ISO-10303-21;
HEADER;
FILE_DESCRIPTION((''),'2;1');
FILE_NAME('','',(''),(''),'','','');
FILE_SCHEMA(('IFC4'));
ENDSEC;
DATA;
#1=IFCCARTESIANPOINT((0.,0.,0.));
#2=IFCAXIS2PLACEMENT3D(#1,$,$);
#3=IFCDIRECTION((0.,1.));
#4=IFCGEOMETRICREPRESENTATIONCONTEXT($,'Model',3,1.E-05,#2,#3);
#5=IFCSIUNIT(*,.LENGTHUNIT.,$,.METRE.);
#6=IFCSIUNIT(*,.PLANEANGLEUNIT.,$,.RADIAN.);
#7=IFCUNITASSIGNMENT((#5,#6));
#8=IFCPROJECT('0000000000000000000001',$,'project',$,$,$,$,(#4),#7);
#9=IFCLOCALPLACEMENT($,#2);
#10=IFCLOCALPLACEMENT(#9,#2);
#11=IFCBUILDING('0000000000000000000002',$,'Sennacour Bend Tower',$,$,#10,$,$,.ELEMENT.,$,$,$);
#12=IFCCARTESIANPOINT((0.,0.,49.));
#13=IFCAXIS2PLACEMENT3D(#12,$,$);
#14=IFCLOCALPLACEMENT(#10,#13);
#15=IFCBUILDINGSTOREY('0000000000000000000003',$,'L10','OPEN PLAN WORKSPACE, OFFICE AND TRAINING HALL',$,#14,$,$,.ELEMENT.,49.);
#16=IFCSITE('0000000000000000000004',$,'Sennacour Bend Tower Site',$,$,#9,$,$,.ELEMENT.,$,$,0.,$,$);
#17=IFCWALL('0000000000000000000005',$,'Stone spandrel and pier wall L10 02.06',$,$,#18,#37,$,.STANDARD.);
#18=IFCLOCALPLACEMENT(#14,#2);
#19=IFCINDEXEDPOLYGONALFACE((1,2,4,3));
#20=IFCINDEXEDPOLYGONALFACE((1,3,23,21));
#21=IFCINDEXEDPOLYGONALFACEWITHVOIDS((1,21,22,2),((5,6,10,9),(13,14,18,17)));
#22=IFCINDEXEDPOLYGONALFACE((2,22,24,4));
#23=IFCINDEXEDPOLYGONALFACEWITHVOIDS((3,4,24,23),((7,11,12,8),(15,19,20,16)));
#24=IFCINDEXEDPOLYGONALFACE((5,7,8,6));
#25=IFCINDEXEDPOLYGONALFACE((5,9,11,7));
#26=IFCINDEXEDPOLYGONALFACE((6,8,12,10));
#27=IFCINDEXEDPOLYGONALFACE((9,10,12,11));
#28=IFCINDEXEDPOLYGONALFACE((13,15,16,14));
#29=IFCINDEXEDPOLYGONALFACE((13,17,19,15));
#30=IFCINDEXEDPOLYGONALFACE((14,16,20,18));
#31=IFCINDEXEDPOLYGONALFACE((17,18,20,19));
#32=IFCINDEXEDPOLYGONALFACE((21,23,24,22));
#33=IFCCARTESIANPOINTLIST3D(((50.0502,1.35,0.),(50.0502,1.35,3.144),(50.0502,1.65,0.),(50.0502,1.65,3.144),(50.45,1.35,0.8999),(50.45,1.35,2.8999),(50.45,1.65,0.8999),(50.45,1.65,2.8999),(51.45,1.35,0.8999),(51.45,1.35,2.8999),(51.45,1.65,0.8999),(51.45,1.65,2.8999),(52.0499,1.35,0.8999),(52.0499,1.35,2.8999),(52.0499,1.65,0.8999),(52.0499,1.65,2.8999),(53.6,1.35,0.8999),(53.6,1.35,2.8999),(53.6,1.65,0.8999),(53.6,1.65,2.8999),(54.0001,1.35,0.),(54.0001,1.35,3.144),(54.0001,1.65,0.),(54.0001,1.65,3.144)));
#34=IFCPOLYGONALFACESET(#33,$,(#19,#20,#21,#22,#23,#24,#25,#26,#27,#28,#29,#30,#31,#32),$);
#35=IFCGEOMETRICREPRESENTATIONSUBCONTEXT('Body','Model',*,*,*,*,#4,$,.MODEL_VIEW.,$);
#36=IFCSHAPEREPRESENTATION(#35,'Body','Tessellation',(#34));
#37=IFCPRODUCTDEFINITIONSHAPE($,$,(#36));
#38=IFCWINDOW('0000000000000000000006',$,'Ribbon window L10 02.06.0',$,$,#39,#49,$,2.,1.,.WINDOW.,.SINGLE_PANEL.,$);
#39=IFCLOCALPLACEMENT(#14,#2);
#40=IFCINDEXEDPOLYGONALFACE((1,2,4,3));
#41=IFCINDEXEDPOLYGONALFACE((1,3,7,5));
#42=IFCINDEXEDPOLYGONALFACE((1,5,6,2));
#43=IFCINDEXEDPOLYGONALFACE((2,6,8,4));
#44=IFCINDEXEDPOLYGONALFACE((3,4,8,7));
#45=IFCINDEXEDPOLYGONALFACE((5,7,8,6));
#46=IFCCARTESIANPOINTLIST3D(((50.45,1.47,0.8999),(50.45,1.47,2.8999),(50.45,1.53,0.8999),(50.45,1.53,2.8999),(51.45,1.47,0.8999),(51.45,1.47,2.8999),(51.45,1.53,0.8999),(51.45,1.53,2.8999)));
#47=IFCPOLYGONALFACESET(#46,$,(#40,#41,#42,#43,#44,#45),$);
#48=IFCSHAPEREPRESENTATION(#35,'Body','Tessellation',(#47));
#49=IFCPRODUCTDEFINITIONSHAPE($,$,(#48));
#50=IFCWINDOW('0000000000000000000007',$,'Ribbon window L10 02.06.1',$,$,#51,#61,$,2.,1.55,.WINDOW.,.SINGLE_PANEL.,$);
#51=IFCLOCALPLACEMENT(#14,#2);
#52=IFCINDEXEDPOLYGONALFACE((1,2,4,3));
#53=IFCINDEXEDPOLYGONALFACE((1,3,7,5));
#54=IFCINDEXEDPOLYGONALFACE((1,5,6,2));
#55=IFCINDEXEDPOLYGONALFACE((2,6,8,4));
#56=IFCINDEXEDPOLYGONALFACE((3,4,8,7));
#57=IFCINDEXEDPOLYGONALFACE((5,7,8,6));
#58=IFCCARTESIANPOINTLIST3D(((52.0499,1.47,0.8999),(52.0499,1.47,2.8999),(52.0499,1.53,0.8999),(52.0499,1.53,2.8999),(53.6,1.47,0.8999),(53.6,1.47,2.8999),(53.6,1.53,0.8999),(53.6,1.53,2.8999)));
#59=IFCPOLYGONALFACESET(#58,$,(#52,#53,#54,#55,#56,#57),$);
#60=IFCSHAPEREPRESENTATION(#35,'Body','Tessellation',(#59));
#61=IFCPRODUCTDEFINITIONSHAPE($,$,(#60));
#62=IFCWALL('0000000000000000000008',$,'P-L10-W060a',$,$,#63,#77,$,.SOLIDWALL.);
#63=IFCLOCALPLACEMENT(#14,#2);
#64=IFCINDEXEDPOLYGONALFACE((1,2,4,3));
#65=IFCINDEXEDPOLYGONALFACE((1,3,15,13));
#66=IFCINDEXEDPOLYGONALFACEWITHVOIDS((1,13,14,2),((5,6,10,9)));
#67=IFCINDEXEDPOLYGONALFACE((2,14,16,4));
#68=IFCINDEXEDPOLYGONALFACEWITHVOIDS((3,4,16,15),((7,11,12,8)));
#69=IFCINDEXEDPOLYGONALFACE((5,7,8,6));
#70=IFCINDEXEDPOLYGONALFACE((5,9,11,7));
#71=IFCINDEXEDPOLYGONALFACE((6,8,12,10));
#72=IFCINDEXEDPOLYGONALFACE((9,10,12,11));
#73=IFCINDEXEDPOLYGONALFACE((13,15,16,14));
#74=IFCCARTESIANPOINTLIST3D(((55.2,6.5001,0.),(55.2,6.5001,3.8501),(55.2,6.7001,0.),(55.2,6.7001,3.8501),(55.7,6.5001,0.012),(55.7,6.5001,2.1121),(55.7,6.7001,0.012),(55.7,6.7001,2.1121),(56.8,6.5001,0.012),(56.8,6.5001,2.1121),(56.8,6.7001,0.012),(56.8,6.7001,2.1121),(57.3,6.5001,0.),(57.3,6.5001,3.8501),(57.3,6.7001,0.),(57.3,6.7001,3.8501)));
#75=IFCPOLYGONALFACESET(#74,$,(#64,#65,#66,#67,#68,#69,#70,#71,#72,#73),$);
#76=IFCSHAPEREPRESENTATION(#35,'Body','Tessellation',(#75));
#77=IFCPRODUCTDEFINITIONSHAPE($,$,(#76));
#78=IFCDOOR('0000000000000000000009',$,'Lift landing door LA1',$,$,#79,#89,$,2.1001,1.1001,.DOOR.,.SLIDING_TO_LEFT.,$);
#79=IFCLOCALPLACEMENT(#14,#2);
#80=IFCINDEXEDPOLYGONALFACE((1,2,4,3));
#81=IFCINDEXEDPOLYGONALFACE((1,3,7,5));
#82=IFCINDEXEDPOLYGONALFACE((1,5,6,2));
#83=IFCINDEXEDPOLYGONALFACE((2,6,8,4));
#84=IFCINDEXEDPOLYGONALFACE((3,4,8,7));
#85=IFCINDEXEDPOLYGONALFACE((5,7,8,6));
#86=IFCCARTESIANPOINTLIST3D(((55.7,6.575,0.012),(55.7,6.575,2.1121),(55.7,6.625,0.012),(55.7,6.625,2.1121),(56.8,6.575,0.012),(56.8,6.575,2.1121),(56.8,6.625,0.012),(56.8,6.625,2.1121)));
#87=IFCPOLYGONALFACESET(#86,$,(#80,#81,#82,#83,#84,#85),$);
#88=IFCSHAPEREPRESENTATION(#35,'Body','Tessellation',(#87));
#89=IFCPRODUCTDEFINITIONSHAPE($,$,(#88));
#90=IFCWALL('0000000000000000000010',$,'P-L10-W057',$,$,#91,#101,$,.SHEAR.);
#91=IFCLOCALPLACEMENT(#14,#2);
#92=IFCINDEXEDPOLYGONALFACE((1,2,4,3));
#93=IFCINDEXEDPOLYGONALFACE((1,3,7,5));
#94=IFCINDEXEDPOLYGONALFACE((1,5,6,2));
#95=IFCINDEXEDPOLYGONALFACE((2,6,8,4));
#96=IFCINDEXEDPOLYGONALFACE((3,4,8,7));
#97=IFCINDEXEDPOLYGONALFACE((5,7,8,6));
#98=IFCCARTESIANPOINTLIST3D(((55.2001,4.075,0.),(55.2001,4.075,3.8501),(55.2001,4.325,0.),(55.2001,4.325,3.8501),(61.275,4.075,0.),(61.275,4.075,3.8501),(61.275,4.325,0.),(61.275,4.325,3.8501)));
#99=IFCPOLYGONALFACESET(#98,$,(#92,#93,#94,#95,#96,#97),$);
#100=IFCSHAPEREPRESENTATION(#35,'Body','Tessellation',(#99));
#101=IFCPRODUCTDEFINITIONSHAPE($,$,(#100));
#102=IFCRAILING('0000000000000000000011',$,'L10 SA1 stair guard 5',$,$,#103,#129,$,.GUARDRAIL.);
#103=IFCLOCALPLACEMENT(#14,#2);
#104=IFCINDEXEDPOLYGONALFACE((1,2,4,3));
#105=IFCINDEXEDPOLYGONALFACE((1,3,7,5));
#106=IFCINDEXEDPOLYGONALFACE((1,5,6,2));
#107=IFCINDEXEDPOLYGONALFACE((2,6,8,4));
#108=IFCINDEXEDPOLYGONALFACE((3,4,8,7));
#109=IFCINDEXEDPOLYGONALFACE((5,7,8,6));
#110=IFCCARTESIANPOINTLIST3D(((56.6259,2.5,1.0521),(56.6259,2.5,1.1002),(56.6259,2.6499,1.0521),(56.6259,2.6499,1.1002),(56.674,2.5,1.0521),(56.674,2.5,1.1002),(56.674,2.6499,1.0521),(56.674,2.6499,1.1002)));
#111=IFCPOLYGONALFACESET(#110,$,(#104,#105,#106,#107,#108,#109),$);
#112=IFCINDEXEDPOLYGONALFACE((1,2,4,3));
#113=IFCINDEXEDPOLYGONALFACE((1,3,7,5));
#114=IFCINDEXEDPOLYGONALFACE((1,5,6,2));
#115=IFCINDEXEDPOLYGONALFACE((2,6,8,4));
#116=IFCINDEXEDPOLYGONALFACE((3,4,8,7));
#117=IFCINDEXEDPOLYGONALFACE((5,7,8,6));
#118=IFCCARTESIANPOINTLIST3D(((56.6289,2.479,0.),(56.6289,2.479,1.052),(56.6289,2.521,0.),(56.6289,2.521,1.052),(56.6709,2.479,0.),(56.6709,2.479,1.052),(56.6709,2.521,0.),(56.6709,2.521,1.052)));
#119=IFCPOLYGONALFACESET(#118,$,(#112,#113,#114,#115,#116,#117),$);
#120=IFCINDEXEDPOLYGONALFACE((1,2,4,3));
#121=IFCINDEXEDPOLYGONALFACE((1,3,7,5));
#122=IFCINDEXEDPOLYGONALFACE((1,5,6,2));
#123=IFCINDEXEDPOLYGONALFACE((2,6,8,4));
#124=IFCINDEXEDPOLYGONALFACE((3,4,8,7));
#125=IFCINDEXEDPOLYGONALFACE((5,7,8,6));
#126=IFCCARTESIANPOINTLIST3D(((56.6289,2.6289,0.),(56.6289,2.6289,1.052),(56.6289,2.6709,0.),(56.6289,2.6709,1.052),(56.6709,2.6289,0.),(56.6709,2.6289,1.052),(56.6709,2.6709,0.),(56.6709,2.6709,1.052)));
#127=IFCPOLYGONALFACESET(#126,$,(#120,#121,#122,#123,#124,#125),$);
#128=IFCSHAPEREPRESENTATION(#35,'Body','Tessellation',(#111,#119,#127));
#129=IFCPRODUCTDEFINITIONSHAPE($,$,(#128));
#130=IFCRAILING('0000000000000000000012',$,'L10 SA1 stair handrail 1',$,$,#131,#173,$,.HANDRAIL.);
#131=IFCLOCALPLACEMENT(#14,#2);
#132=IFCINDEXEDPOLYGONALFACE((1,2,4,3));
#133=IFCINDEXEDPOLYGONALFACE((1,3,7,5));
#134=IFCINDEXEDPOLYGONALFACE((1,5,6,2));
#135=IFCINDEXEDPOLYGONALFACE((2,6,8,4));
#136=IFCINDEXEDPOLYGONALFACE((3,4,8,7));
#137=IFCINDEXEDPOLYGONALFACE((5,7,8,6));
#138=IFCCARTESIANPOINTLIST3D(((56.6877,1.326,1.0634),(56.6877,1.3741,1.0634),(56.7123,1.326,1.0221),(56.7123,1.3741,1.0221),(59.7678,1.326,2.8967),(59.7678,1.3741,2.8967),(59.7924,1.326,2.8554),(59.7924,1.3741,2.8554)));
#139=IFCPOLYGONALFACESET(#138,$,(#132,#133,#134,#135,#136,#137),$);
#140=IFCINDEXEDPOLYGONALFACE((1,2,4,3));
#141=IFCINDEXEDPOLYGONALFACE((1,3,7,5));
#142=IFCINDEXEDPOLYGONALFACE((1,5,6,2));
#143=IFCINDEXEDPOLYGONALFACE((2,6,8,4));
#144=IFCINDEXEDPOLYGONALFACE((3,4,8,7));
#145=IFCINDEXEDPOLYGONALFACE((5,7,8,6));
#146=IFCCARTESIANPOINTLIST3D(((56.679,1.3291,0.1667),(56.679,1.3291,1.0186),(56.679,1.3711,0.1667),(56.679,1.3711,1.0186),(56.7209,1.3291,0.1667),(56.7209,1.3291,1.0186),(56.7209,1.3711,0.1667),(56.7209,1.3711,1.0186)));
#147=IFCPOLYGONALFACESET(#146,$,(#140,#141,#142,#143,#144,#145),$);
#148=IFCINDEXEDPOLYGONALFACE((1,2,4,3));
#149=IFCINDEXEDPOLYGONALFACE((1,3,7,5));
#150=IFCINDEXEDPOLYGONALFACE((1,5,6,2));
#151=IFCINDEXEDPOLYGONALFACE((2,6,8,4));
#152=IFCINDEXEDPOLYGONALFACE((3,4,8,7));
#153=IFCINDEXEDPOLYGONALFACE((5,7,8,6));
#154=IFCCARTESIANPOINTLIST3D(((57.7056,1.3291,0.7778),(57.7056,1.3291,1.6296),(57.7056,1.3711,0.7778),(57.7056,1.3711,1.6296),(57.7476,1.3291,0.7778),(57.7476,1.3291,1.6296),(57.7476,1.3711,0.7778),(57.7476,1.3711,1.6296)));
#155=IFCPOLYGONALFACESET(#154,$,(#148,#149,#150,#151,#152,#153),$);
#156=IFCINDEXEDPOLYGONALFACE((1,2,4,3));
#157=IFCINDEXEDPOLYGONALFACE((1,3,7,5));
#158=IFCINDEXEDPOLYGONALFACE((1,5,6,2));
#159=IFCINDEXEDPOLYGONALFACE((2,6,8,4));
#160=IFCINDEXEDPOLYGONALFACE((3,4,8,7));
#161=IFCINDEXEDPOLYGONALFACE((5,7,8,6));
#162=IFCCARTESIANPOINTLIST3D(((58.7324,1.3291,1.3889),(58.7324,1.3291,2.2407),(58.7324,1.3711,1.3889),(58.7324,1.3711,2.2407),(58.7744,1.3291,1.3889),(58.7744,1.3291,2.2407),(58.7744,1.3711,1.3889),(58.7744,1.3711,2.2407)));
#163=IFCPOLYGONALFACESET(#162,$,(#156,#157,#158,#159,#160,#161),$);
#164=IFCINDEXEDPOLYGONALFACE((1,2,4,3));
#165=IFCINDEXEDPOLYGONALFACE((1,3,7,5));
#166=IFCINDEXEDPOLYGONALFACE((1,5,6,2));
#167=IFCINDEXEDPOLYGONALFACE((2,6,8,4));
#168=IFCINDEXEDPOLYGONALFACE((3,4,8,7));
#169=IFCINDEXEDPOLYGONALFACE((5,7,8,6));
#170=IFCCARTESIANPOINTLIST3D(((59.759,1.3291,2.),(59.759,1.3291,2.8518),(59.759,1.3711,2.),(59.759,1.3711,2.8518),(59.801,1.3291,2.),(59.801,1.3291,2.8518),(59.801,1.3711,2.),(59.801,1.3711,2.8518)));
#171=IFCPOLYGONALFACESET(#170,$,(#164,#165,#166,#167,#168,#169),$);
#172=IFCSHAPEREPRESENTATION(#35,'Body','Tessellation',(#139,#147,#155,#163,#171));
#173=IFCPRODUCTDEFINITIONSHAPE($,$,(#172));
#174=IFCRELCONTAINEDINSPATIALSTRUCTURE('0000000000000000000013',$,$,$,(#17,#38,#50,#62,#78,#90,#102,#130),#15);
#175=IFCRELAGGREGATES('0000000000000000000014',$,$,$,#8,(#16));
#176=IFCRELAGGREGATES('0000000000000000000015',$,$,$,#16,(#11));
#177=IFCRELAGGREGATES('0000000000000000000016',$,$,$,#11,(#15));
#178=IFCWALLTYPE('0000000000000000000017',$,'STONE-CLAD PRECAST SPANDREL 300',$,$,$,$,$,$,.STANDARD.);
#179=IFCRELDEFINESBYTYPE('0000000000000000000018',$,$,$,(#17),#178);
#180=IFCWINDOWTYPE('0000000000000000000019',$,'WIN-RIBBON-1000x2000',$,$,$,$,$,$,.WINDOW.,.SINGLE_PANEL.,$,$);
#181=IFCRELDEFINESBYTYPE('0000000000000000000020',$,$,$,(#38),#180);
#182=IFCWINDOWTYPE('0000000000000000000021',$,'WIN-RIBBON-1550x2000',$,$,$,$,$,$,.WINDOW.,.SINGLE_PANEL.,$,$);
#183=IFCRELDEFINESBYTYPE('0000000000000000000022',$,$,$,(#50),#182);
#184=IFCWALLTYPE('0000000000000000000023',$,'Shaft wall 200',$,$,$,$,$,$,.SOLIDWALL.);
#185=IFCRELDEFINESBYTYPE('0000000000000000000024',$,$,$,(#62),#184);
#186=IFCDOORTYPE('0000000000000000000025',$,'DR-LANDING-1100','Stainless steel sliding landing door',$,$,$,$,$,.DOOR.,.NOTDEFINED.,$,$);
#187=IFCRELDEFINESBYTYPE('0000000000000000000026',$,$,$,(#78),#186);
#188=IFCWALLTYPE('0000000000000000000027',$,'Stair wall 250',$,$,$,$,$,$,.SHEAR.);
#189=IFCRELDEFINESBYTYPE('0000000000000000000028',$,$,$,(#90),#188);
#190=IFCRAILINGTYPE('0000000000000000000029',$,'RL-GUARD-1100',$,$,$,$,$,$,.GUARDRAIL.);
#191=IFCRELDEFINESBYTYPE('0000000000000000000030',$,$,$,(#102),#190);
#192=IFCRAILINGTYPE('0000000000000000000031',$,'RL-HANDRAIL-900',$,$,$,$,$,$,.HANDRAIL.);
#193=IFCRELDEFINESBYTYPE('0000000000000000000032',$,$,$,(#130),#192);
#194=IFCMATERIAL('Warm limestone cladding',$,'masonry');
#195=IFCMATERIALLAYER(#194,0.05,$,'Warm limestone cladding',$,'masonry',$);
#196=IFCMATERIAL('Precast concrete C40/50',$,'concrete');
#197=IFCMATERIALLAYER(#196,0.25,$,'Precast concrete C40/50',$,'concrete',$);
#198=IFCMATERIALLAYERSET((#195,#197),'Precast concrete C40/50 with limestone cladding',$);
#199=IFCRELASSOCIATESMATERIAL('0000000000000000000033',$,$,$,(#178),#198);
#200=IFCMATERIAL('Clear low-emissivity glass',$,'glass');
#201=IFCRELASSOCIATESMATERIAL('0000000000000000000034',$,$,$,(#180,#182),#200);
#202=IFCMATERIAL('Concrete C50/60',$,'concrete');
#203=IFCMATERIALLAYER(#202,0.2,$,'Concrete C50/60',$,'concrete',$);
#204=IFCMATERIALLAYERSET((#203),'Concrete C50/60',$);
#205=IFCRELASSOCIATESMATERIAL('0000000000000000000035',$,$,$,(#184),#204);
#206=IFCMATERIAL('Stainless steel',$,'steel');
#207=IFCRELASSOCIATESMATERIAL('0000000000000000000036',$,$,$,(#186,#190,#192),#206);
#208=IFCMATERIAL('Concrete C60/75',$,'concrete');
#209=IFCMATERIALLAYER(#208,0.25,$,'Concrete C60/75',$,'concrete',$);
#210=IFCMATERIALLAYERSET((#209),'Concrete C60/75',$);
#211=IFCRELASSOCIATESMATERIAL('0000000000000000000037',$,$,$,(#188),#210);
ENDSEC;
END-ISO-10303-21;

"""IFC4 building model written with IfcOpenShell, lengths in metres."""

from ifc_helpers import new_model, si_unit, direction, frame, frame_2d, origin, origin_2d, place, context, subcontext, project, spatial, rectangle, extrude, material, layer, layer_set, type_object, element, fill, save


model = new_model("IFC4")

# Units and contexts
model_context = context("Model", 3, precision=1e-05, world=origin(), true_north=direction((0.0, 1.0)))
body_context = subcontext(model_context, "Body", "Model", "MODEL_VIEW")
ifc_project = project(units=[si_unit("LENGTHUNIT", "METRE"), si_unit("PLANEANGLEUNIT", "RADIAN")], contexts=[model_context])

# Site, building, storey
site_placement = place(None, origin())
site = spatial("IfcSite", under=ifc_project, at=site_placement, Name="Sennacour Bend Tower Site", CompositionType="ELEMENT", RefElevation=0.0)
building_placement = place(site_placement, origin())
building = spatial("IfcBuilding", under=site, at=building_placement, Name="Sennacour Bend Tower", CompositionType="ELEMENT")
storey_placement = place(building_placement, frame((0.0, 0.0, 49.0)))
storey = spatial("IfcBuildingStorey", under=building, at=storey_placement, Name="L10", Description="OPEN PLAN WORKSPACE, OFFICE AND TRAINING HALL", CompositionType="ELEMENT", Elevation=49.0)

# Wall, openings, windows
ifc_material_1 = material(Name="Warm limestone cladding", Category="masonry")
ifc_layer_1 = layer(ifc_material_1, 0.05, Name="Warm limestone cladding", Category="masonry")
ifc_material_2 = material(Name="Precast concrete C40/50", Category="concrete")
ifc_layer_2 = layer(ifc_material_2, 0.25, Name="Precast concrete C40/50", Category="concrete")
ifc_layer_set_1 = layer_set([ifc_layer_1, ifc_layer_2], Name="Precast concrete C40/50 with limestone cladding")
wall_type_1 = type_object("IfcWallType", Name="STONE-CLAD PRECAST SPANDREL 300", PredefinedType="STANDARD", material=ifc_layer_set_1)
wall_1_placement = place(storey_placement, frame((50.05, 1.5, 0.0), z_axis=(0.0, 0.0, 1.0), x_axis=(1.0, 0.0, 0.0)))
wall_1 = element("IfcWall", 1, at=wall_1_placement, inside=storey, type_object=wall_type_1, Name="Stone spandrel and pier wall L10 02.06", PredefinedType="STANDARD", context=body_context, shape_type="SweptSolid", body=[
    extrude(rectangle(XDim=3.95, YDim=0.3, at=frame_2d((1.9751, 0.0))), origin(), (0.0, 0.0, 1.0), 3.144),
])
opening_1_placement = place(wall_1_placement, frame((0.3999, 0.0, 0.8999)))
opening_1 = element("IfcOpeningElement", 2, at=opening_1_placement, cuts=wall_1, PredefinedType="OPENING", context=body_context, shape_type="SweptSolid", body=[
    extrude(rectangle(XDim=1.0, YDim=2.0, at=frame_2d((0.5, 1.0))), frame((0.0, 0.1602, 0.0), z_axis=(0.0, -1.0, 0.0), x_axis=(1.0, 0.0, 0.0)), (0.0, 0.0, 1.0), 0.3201),
])
opening_2_placement = place(wall_1_placement, frame((2.0, 0.0, 0.8999)))
opening_2 = element("IfcOpeningElement", 3, at=opening_2_placement, cuts=wall_1, PredefinedType="OPENING", context=body_context, shape_type="SweptSolid", body=[
    extrude(rectangle(XDim=1.55, YDim=2.0, at=frame_2d((0.7749, 1.0))), frame((0.0, 0.1602, 0.0), z_axis=(0.0, -1.0, 0.0), x_axis=(1.0, 0.0, 0.0)), (0.0, 0.0, 1.0), 0.3201),
])
ifc_material_3 = material(Name="Clear low-emissivity glass", Category="glass")
window_type_1 = type_object("IfcWindowType", Name="WIN-RIBBON-1000x2000", PartitioningType="SINGLE_PANEL", PredefinedType="WINDOW", material=ifc_material_3)
window_1_placement = place(opening_1_placement, origin())
window_1 = element("IfcWindow", 4, at=window_1_placement, inside=storey, type_object=window_type_1, Name="Ribbon window L10 02.06.0", OverallHeight=2.0, OverallWidth=1.0, PartitioningType="SINGLE_PANEL", PredefinedType="WINDOW", context=body_context, shape_type="SweptSolid", body=[
    extrude(rectangle(XDim=1.0, YDim=2.0, at=frame_2d((0.5, 1.0))), frame((0.0, 0.03, 0.0), z_axis=(0.0, -1.0, 0.0), x_axis=(1.0, 0.0, 0.0)), (0.0, 0.0, 1.0), 0.0601),
])
fill(opening_1, window_1)
window_type_2 = type_object("IfcWindowType", Name="WIN-RIBBON-1550x2000", PartitioningType="SINGLE_PANEL", PredefinedType="WINDOW", material=ifc_material_3)
window_2_placement = place(opening_2_placement, origin())
window_2 = element("IfcWindow", 5, at=window_2_placement, inside=storey, type_object=window_type_2, Name="Ribbon window L10 02.06.1", OverallHeight=2.0, OverallWidth=1.55, PartitioningType="SINGLE_PANEL", PredefinedType="WINDOW", context=body_context, shape_type="SweptSolid", body=[
    extrude(rectangle(XDim=1.55, YDim=2.0, at=frame_2d((0.7749, 1.0))), frame((0.0, 0.03, 0.0), z_axis=(0.0, -1.0, 0.0), x_axis=(1.0, 0.0, 0.0)), (0.0, 0.0, 1.0), 0.0601),
])
fill(opening_2, window_2)

# Wall, opening, door
ifc_material_4 = material(Name="Concrete C50/60", Category="concrete")
ifc_layer_3 = layer(ifc_material_4, 0.2, Name="Concrete C50/60", Category="concrete")
ifc_layer_set_2 = layer_set([ifc_layer_3], Name="Concrete C50/60")
wall_type_2 = type_object("IfcWallType", Name="Shaft wall 200", PredefinedType="SOLIDWALL", material=ifc_layer_set_2)
wall_2_placement = place(storey_placement, frame((55.2, 6.6001, 0.0), z_axis=(0.0, 0.0, 1.0), x_axis=(1.0, 0.0, 0.0)))
wall_2 = element("IfcWall", 6, at=wall_2_placement, inside=storey, type_object=wall_type_2, Name="P-L10-W060a", PredefinedType="SOLIDWALL", context=body_context, shape_type="SweptSolid", body=[
    extrude(rectangle(XDim=2.1001, YDim=0.2, at=frame_2d((1.05, 0.0))), origin(), (0.0, 0.0, 1.0), 3.8501),
])
opening_3_placement = place(wall_2_placement, frame((0.5, 0.0, 0.012)))
opening_3 = element("IfcOpeningElement", 7, at=opening_3_placement, cuts=wall_2, PredefinedType="OPENING", context=body_context, shape_type="SweptSolid", body=[
    extrude(rectangle(XDim=1.1001, YDim=2.1001, at=frame_2d((0.55, 1.05))), frame((0.0, 0.1099, 0.0), z_axis=(0.0, -1.0, 0.0), x_axis=(1.0, 0.0, 0.0)), (0.0, 0.0, 1.0), 0.22),
])
ifc_material_5 = material(Name="Stainless steel", Category="steel")
door_type_1 = type_object("IfcDoorType", Name="DR-LANDING-1100", Description="Stainless steel sliding landing door", OperationType="NOTDEFINED", PredefinedType="DOOR", material=ifc_material_5)
door_1_placement = place(opening_3_placement, origin())
door_1 = element("IfcDoor", 8, at=door_1_placement, inside=storey, type_object=door_type_1, Name="Lift landing door LA1", OperationType="SLIDING_TO_LEFT", OverallHeight=2.1001, OverallWidth=1.1001, PredefinedType="DOOR", context=body_context, shape_type="SweptSolid", body=[
    extrude(rectangle(XDim=1.1001, YDim=2.1001, at=frame_2d((0.55, 1.05))), frame((0.0, 0.0249, 0.0), z_axis=(0.0, -1.0, 0.0), x_axis=(1.0, 0.0, 0.0)), (0.0, 0.0, 1.0), 0.05),
])
fill(opening_3, door_1)

# Wall
ifc_material_6 = material(Name="Concrete C60/75", Category="concrete")
ifc_layer_4 = layer(ifc_material_6, 0.25, Name="Concrete C60/75", Category="concrete")
ifc_layer_set_3 = layer_set([ifc_layer_4], Name="Concrete C60/75")
wall_type_3 = type_object("IfcWallType", Name="Stair wall 250", PredefinedType="SHEAR", material=ifc_layer_set_3)
wall_3_placement = place(storey_placement, frame((55.2, 4.2, 0.0), z_axis=(0.0, 0.0, 1.0), x_axis=(1.0, 0.0, 0.0)))
element("IfcWall", 9, at=wall_3_placement, inside=storey, type_object=wall_type_3, Name="P-L10-W057", PredefinedType="SHEAR", context=body_context, shape_type="SweptSolid", body=[
    extrude(rectangle(XDim=6.075, YDim=0.25, at=frame_2d((3.0376, 0.0))), origin(), (0.0, 0.0, 1.0), 3.8501),
])

# Railings
railing_type_1 = type_object("IfcRailingType", Name="RL-GUARD-1100", PredefinedType="GUARDRAIL", material=ifc_material_5)
railing_1_placement = place(storey_placement, frame((56.6499, 2.5, 0.0)))
element("IfcRailing", 10, at=railing_1_placement, inside=storey, type_object=railing_type_1, Name="L10 SA1 stair guard 5", PredefinedType="GUARDRAIL", context=body_context, shape_type="SweptSolid", body=[
    extrude(rectangle(XDim=0.0481, YDim=0.0481, at=origin_2d()), frame((0.0, 0.0, 1.0762), z_axis=(0.0, 1.0, 0.0), x_axis=(-1.0, 0.0, 0.0)), (0.0, 0.0, 1.0), 0.1499),
    extrude(rectangle(XDim=0.042, YDim=0.042, at=origin_2d()), origin(), (0.0, 0.0, 1.0), 1.052),
    extrude(rectangle(XDim=0.042, YDim=0.042, at=origin_2d()), frame((0.0, 0.1499, 0.0)), (0.0, 0.0, 1.0), 1.052),
])
railing_type_2 = type_object("IfcRailingType", Name="RL-HANDRAIL-900", PredefinedType="HANDRAIL", material=ifc_material_5)
railing_2_placement = place(storey_placement, frame((56.7, 1.3501, 0.1667)))
element("IfcRailing", 11, at=railing_2_placement, inside=storey, type_object=railing_type_2, Name="L10 SA1 stair handrail 1", PredefinedType="HANDRAIL", context=body_context, shape_type="SweptSolid", body=[
    extrude(rectangle(XDim=0.0481, YDim=0.0481, at=origin_2d()), frame((0.0, 0.0, 0.876), z_axis=(0.859309, 0.0, 0.511458), x_axis=(0.0, 1.0, 0.0)), (0.0, 0.0, 1.0), 3.5845),
    extrude(rectangle(XDim=0.042, YDim=0.042, at=origin_2d()), origin(), (0.0, 0.0, 1.0), 0.8518),
    extrude(rectangle(XDim=0.042, YDim=0.042, at=origin_2d()), frame((1.0266, 0.0, 0.6111)), (0.0, 0.0, 1.0), 0.8518),
    extrude(rectangle(XDim=0.042, YDim=0.042, at=origin_2d()), frame((2.0535, 0.0, 1.2222)), (0.0, 0.0, 1.0), 0.8518),
    extrude(rectangle(XDim=0.042, YDim=0.042, at=origin_2d()), frame((3.0801, 0.0, 1.8333)), (0.0, 0.0, 1.0), 0.8518),
])

save(model, "model.ifc")
